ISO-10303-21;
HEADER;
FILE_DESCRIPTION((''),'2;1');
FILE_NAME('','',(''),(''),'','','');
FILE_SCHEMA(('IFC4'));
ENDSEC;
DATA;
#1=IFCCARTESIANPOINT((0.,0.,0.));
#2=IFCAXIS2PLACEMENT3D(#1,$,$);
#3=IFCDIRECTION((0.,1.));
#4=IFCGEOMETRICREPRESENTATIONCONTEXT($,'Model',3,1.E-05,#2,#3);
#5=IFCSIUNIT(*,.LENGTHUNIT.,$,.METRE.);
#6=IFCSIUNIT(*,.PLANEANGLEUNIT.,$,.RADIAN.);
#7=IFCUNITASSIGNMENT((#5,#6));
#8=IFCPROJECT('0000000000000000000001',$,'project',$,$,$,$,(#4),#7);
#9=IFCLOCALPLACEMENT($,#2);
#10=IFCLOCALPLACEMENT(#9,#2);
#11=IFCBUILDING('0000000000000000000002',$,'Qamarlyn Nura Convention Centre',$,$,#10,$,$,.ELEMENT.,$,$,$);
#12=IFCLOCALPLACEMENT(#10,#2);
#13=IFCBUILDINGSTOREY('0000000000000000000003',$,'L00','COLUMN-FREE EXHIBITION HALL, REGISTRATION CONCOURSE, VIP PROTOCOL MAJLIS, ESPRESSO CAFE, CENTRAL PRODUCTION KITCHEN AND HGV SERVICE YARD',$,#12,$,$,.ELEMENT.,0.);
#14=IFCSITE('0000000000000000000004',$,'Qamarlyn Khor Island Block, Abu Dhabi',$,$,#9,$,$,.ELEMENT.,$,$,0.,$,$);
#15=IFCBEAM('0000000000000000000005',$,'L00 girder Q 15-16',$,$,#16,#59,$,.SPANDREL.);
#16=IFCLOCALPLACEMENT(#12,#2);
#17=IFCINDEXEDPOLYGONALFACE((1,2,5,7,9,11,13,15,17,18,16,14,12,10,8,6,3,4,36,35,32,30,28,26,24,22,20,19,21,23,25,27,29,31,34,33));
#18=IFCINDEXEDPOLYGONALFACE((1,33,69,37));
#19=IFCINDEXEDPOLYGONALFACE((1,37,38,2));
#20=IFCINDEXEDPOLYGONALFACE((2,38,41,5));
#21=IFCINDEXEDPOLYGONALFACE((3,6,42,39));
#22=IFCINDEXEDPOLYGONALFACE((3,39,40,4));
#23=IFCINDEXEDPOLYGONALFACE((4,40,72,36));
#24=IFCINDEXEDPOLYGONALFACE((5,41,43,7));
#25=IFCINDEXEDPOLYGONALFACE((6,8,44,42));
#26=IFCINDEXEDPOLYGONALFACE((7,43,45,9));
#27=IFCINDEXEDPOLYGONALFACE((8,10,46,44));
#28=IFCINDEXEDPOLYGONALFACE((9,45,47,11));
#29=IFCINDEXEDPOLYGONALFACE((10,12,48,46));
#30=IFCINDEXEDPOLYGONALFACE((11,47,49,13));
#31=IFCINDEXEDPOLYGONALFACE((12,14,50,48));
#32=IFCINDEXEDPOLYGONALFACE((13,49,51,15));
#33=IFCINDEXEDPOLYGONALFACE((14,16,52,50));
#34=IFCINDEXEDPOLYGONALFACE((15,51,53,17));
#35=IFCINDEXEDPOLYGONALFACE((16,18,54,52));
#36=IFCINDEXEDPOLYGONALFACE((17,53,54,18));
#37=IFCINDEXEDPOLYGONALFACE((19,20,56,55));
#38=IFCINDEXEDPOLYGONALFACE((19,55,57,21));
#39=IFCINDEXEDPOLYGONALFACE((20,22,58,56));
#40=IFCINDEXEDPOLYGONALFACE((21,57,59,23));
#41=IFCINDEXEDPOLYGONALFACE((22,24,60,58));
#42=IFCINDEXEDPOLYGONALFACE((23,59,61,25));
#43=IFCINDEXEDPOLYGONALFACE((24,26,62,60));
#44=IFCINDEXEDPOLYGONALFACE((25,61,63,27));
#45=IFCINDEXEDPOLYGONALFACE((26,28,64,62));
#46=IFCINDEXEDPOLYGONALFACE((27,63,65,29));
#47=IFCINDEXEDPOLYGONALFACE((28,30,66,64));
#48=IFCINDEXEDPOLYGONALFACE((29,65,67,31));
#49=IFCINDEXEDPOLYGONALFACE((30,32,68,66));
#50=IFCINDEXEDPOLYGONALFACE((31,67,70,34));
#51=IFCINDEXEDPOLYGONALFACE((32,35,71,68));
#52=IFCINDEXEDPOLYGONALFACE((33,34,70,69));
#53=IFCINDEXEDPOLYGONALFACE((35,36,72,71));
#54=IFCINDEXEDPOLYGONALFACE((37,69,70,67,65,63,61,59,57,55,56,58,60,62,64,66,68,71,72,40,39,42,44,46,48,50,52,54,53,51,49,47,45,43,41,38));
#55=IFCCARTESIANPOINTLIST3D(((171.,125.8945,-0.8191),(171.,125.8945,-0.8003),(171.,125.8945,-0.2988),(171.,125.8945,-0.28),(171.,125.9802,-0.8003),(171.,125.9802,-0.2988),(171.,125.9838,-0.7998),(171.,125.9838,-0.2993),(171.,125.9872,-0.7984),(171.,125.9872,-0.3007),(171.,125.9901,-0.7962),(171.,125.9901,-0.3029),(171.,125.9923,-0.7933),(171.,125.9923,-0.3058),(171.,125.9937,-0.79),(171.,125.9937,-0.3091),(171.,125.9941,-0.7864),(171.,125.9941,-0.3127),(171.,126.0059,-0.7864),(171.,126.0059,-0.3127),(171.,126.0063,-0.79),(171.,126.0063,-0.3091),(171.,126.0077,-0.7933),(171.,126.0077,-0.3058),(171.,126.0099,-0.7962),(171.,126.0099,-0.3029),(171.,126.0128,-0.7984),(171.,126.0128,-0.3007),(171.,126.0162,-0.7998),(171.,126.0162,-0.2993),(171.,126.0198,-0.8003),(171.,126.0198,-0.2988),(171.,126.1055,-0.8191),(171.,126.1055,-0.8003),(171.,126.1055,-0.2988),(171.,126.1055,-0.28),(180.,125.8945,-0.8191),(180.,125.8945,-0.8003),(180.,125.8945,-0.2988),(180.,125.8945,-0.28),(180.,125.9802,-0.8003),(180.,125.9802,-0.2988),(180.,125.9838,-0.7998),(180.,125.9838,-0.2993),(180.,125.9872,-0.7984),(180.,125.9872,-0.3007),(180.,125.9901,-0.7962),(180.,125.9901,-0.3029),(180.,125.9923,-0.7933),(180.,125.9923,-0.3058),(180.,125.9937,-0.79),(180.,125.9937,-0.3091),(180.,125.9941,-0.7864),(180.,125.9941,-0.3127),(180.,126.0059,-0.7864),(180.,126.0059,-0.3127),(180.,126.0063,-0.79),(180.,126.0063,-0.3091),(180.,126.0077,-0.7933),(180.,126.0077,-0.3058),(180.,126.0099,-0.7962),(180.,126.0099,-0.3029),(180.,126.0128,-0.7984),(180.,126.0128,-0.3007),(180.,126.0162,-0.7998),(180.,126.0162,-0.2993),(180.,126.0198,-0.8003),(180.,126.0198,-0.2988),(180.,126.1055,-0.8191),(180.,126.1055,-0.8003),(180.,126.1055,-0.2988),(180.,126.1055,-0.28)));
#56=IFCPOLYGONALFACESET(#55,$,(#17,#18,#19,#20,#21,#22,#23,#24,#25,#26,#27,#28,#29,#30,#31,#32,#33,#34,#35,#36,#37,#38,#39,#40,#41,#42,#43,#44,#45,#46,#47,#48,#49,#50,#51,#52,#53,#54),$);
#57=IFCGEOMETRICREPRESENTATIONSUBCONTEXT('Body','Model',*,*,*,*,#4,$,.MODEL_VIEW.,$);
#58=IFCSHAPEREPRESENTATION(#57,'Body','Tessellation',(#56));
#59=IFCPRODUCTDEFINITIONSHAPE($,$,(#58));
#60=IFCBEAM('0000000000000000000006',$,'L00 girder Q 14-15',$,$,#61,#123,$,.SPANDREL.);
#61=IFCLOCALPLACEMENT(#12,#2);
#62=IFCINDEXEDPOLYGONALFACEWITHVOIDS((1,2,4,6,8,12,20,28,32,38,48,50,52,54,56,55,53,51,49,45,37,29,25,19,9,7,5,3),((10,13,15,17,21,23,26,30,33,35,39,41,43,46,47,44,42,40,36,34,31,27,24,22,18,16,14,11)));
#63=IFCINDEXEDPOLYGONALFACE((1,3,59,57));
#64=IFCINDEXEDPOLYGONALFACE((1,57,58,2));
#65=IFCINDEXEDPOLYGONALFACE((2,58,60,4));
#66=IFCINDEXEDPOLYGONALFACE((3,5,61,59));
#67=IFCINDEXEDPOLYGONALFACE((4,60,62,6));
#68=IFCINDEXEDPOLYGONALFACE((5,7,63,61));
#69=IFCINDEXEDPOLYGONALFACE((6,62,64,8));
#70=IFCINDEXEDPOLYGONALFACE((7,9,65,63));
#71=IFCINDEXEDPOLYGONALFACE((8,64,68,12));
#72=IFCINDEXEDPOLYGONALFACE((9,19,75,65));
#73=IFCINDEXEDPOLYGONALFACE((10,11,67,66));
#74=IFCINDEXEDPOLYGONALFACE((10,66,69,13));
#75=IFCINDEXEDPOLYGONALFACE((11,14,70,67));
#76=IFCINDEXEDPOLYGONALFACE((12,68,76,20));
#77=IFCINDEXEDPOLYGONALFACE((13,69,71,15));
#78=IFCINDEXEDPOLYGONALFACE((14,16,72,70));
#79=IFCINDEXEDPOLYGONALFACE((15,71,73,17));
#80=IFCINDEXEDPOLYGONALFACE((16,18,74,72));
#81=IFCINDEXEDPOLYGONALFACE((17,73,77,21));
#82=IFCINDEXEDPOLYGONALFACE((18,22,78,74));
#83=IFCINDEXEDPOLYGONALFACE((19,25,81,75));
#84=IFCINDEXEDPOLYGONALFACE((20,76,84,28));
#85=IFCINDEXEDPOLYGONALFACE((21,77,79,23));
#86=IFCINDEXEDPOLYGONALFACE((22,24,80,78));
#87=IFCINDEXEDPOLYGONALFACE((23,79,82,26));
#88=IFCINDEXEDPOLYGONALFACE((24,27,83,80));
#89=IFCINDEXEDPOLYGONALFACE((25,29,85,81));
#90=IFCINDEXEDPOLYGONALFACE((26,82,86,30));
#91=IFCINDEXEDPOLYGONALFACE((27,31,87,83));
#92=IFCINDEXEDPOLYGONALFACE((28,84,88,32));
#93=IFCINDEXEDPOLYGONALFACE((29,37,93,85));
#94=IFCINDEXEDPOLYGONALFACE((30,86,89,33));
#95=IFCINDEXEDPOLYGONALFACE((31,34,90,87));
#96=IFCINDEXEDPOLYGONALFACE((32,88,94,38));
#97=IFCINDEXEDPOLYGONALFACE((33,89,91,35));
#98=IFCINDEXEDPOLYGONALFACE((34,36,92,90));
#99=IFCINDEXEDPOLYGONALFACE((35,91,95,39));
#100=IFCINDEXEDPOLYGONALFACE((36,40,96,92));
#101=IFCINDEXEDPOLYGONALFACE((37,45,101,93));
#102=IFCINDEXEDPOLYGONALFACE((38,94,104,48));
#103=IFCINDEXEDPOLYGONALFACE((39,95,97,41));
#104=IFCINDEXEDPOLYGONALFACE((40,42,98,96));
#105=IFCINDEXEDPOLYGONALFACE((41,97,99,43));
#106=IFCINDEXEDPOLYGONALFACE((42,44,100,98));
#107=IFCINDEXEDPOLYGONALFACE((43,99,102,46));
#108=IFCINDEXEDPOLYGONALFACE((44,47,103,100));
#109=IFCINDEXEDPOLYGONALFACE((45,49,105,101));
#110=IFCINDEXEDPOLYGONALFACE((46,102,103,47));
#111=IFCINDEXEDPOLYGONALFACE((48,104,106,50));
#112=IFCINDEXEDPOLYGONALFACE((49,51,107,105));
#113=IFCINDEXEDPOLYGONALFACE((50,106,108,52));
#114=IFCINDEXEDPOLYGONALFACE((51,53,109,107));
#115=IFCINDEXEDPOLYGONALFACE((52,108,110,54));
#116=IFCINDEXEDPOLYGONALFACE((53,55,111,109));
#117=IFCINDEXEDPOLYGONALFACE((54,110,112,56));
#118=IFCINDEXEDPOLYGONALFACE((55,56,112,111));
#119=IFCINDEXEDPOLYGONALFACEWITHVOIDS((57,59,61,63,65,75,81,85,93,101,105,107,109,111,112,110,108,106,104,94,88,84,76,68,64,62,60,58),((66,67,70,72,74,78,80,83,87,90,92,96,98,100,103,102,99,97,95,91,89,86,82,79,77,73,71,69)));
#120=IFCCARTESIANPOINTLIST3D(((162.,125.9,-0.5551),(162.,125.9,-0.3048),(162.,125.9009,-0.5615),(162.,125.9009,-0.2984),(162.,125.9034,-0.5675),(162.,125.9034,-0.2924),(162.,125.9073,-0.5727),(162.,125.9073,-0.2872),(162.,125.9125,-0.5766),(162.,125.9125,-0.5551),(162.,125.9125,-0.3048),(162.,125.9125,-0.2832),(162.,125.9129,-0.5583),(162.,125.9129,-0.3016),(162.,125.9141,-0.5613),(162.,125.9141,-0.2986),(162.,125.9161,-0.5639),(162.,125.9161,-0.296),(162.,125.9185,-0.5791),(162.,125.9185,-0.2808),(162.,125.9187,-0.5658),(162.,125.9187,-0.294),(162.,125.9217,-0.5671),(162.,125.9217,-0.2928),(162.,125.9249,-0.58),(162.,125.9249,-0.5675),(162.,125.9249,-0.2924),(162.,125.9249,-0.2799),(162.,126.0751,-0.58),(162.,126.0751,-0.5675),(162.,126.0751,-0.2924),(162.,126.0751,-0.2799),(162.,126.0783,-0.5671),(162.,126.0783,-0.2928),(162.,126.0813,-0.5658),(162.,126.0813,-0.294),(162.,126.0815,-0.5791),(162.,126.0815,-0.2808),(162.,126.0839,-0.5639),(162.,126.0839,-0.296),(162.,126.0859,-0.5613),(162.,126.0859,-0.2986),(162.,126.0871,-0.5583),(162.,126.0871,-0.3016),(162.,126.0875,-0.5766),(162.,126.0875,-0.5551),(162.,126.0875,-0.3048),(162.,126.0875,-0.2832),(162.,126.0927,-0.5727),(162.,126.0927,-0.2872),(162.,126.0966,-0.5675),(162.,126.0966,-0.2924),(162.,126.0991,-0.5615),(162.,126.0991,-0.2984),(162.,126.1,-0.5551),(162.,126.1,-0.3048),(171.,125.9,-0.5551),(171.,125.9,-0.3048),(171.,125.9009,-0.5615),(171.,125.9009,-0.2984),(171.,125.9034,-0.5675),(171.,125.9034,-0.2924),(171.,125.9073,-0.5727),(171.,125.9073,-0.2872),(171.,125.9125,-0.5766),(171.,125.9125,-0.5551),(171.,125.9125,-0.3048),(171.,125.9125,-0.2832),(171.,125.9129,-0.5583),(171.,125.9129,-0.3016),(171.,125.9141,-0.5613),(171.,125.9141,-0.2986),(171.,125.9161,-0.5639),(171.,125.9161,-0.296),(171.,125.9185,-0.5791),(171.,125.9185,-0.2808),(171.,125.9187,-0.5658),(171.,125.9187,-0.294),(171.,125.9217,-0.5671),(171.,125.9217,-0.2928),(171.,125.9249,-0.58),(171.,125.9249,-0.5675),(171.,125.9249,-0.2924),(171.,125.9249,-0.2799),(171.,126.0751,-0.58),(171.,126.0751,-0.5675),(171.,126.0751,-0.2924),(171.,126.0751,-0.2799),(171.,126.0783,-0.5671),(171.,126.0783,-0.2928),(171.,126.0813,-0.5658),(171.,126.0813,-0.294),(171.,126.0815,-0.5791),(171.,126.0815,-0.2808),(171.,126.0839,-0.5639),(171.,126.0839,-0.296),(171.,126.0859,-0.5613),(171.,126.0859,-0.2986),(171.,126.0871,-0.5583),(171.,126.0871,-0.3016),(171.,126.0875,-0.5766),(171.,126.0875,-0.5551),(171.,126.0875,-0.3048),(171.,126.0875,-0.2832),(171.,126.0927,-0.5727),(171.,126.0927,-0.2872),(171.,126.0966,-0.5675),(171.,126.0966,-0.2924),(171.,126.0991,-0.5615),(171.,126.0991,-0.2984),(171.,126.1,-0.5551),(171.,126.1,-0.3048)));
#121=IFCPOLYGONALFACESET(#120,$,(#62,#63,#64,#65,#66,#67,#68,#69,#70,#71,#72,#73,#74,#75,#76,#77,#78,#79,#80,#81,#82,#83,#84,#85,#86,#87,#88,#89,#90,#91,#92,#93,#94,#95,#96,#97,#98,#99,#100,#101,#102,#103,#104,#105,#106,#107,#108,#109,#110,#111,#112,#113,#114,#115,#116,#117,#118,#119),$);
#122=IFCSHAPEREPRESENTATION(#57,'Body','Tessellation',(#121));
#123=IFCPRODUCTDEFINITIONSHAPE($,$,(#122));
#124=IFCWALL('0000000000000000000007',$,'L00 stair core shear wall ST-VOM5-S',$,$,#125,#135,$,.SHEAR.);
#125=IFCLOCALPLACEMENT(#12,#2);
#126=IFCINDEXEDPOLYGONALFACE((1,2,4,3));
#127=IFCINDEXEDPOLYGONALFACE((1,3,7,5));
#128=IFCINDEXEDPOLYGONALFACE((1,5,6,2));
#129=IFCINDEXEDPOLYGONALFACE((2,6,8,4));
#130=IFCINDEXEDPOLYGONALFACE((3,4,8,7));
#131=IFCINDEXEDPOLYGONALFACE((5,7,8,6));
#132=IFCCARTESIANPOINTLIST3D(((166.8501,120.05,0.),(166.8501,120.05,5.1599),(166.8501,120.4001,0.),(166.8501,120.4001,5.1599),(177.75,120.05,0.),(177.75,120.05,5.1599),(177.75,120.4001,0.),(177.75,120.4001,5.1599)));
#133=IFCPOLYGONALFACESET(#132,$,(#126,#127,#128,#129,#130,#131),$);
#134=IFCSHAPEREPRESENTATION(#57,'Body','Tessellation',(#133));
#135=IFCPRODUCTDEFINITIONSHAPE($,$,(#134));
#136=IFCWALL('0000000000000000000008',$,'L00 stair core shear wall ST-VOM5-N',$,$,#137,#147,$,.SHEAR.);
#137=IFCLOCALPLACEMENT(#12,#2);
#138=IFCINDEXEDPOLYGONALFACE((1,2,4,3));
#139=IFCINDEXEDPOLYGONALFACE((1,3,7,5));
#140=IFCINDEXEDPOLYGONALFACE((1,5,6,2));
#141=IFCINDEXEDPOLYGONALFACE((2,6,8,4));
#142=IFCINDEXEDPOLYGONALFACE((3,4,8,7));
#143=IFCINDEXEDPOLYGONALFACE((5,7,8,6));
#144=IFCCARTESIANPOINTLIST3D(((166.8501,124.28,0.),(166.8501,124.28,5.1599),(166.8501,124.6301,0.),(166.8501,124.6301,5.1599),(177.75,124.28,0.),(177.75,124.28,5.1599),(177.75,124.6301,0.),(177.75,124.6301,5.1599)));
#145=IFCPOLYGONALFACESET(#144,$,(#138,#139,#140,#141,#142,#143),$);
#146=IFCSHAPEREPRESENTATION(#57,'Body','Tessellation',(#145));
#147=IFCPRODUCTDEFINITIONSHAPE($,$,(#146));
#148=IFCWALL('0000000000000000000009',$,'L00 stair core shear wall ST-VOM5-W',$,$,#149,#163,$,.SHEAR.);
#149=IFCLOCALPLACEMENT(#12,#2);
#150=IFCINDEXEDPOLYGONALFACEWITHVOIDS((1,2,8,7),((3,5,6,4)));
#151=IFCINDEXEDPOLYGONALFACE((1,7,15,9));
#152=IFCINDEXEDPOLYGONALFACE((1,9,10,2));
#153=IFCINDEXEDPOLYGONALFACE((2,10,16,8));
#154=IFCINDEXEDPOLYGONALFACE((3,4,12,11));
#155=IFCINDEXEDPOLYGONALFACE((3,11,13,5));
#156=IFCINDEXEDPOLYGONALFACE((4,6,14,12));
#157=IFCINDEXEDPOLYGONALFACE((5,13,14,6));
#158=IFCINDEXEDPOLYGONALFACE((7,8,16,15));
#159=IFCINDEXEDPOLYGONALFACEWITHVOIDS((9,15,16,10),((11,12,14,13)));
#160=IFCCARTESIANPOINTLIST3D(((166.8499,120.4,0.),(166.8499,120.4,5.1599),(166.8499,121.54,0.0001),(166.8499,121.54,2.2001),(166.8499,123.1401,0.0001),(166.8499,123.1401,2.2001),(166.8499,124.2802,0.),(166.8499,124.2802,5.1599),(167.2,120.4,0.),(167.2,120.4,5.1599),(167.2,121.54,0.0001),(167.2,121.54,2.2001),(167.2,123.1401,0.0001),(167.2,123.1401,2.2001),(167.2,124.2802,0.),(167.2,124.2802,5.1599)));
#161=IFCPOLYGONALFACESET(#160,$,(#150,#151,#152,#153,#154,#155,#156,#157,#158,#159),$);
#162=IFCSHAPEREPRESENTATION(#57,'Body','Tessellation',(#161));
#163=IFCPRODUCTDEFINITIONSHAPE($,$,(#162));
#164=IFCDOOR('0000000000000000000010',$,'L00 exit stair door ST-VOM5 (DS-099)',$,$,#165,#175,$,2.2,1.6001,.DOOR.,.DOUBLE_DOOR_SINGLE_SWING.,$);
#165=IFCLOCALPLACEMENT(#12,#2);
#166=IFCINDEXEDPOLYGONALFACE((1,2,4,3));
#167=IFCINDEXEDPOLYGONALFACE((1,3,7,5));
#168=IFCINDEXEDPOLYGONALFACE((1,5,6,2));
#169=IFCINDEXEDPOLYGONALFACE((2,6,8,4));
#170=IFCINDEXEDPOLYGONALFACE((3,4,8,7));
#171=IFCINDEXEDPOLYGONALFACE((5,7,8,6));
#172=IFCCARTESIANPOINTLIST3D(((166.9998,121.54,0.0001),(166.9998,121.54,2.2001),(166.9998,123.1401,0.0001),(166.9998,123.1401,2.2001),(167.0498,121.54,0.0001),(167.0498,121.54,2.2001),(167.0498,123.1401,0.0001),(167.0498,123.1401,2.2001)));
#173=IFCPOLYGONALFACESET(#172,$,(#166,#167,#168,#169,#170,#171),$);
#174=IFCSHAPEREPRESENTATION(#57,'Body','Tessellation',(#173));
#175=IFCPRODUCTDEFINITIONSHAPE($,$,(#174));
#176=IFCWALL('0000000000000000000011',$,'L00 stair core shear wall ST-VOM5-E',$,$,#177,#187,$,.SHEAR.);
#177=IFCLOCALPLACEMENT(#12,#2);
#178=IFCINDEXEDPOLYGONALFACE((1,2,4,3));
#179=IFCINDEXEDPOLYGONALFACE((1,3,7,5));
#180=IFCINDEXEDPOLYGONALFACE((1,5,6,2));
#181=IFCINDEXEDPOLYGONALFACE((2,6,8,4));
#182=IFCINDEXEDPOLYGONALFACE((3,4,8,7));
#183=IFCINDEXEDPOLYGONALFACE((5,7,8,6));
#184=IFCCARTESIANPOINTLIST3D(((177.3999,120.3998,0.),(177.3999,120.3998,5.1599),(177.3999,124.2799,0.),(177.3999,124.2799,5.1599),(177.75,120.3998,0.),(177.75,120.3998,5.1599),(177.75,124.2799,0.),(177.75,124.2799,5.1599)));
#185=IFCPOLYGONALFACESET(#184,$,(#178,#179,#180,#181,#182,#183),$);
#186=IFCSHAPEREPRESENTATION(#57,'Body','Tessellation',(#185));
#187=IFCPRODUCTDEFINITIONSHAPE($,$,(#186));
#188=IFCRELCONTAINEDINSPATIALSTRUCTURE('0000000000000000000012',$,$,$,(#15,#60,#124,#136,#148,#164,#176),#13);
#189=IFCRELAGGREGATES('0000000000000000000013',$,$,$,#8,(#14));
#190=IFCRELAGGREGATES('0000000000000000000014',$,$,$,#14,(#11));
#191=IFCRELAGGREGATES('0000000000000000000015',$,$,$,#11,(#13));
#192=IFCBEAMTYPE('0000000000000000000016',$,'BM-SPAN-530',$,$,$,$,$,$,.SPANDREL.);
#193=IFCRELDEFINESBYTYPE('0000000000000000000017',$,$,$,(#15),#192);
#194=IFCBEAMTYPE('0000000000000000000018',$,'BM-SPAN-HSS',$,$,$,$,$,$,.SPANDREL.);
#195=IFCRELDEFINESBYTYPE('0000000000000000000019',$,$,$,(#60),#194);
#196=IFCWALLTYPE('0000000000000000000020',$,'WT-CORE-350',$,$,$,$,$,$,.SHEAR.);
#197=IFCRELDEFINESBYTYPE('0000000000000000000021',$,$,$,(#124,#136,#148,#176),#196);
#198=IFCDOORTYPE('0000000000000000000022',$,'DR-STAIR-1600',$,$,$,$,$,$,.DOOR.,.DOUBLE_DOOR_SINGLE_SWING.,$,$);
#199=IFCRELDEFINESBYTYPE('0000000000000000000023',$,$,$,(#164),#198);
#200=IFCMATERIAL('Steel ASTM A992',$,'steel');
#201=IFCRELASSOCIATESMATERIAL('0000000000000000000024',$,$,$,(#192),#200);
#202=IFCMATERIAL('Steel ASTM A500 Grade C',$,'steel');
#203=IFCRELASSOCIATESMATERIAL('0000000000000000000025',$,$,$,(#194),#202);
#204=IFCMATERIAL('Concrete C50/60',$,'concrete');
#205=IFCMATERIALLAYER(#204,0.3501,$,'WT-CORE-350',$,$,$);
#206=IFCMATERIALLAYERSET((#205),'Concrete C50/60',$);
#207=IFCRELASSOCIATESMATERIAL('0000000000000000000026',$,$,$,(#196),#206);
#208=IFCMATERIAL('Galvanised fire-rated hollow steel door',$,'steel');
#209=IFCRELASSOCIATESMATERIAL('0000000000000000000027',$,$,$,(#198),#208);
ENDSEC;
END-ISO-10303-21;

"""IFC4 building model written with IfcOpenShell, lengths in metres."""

from ifc_helpers import new_model, si_unit, direction, frame, frame_2d, origin, origin_2d, place, context, subcontext, project, spatial, rectangle, hollow_rectangle, i_section, extrude, material, layer, layer_set, material_profile, profile_set, type_object, element, fill, save


model = new_model("IFC4")

# Units and contexts
model_context = context("Model", 3, precision=1e-05, world=origin(), true_north=direction((0.0, 1.0)))
body_context = subcontext(model_context, "Body", "Model", "MODEL_VIEW")
ifc_project = project(units=[si_unit("LENGTHUNIT", "METRE"), si_unit("PLANEANGLEUNIT", "RADIAN")], contexts=[model_context])

# Site, building, storey
site_placement = place(None, origin())
site = spatial("IfcSite", under=ifc_project, at=site_placement, Name="Qamarlyn Khor Island Block, Abu Dhabi", CompositionType="ELEMENT", RefElevation=0.0)
building_placement = place(site_placement, origin())
building = spatial("IfcBuilding", under=site, at=building_placement, Name="Qamarlyn Nura Convention Centre", CompositionType="ELEMENT")
storey_placement = place(building_placement, origin())
storey = spatial("IfcBuildingStorey", under=building, at=storey_placement, Name="L00", Description="COLUMN-FREE EXHIBITION HALL, REGISTRATION CONCOURSE, VIP PROTOCOL MAJLIS, ESPRESSO CAFE, CENTRAL PRODUCTION KITCHEN AND HGV SERVICE YARD", CompositionType="ELEMENT", Elevation=0.0)

# Shared definitions
ifc_material_1 = material(Name="Steel ASTM A992", Category="steel")

# Beams
ifc_material_profile_1 = material_profile(ifc_material_1, i_section(OverallWidth=0.2109, OverallDepth=0.5391, WebThickness=0.0117, FlangeThickness=0.0188, FilletRadius=0.0139, at=origin_2d()), Name="W530X109")
ifc_profile_set_1 = profile_set([ifc_material_profile_1], Name="Steel ASTM A992")
beam_type_1 = type_object("IfcBeamType", Name="BM-SPAN-530", PredefinedType="SPANDREL", material=ifc_profile_set_1)
beam_1_placement = place(storey_placement, frame((171.0, 126.0, -0.5496), z_axis=(1.0, 0.0, 0.0), x_axis=(0.0, 1.0, 0.0)))
element("IfcBeam", 1, at=beam_1_placement, inside=storey, type_object=beam_type_1, Name="L00 girder Q 15-16", PredefinedType="SPANDREL", context=body_context, shape_type="SweptSolid", body=[
    extrude(i_section(OverallWidth=0.2109, OverallDepth=0.5391, WebThickness=0.0117, FlangeThickness=0.0188, FilletRadius=0.0139, at=origin_2d()), origin(), (0.0, 0.0, 1.0), 9.0),
])
ifc_material_2 = material(Name="Steel ASTM A500 Grade C", Category="steel")
ifc_material_profile_2 = material_profile(ifc_material_2, hollow_rectangle(XDim=0.2, YDim=0.3, WallThickness=0.0125, InnerFilletRadius=0.0125, OuterFilletRadius=0.0249, at=origin_2d()), Name="HSS300X200X12.5")
ifc_profile_set_2 = profile_set([ifc_material_profile_2], Name="Steel ASTM A500 Grade C")
beam_type_2 = type_object("IfcBeamType", Name="BM-SPAN-HSS", PredefinedType="SPANDREL", material=ifc_profile_set_2)
beam_2_placement = place(storey_placement, frame((162.0, 126.0, -0.4299), z_axis=(1.0, 0.0, 0.0), x_axis=(0.0, 1.0, 0.0)))
element("IfcBeam", 2, at=beam_2_placement, inside=storey, type_object=beam_type_2, Name="L00 girder Q 14-15", PredefinedType="SPANDREL", context=body_context, shape_type="SweptSolid", body=[
    extrude(hollow_rectangle(XDim=0.2, YDim=0.3, WallThickness=0.0125, InnerFilletRadius=0.0125, OuterFilletRadius=0.0249, at=origin_2d()), origin(), (0.0, 0.0, 1.0), 9.0),
])

# Walls
ifc_material_3 = material(Name="Concrete C50/60", Category="concrete")
ifc_layer_1 = layer(ifc_material_3, 0.3501, Name="WT-CORE-350")
ifc_layer_set_1 = layer_set([ifc_layer_1], Name="Concrete C50/60")
wall_type_1 = type_object("IfcWallType", Name="WT-CORE-350", PredefinedType="SHEAR", material=ifc_layer_set_1)
for number, where, z_axis, x_axis, name in (
    (3, (166.8501, 120.2251, 0.0), (0.0, 0.0, 1.0), (1.0, 0.0, 0.0), "L00 stair core shear wall ST-VOM5-S"),
    (4, (177.75, 124.4551, 0.0), (0.0, 0.0, 1.0), (-1.0, 0.0, 0.0), "L00 stair core shear wall ST-VOM5-N"),
):
    element("IfcWall", number, at=place(storey_placement, frame(where, z_axis=z_axis, x_axis=x_axis)), inside=storey, type_object=wall_type_1, Name=name, PredefinedType="SHEAR", context=body_context, shape_type="SweptSolid", body=[
        extrude(rectangle(XDim=10.8999, YDim=0.3501, at=frame_2d((5.45, 0.0))), origin(), (0.0, 0.0, 1.0), 5.1599),
    ])

# Wall, opening, door
wall_1_placement = place(storey_placement, frame((167.0249, 124.28, 0.0), z_axis=(0.0, 0.0, 1.0), x_axis=(0.0, -1.0, 0.0)))
wall_1 = element("IfcWall", 5, at=wall_1_placement, inside=storey, type_object=wall_type_1, Name="L00 stair core shear wall ST-VOM5-W", PredefinedType="SHEAR", context=body_context, shape_type="SweptSolid", body=[
    extrude(rectangle(XDim=3.8801, YDim=0.3501, at=frame_2d((1.9399, 0.0))), origin(), (0.0, 0.0, 1.0), 5.1599),
])
opening_1_placement = place(wall_1_placement, frame((1.1399, 0.0, 0.0)))
opening_1 = element("IfcOpeningElement", 6, at=opening_1_placement, cuts=wall_1, PredefinedType="OPENING", context=body_context, shape_type="SweptSolid", body=[
    extrude(rectangle(XDim=1.6001, YDim=2.2, at=frame_2d((0.8, 1.1001))), frame((0.0, 0.1851, 0.0), z_axis=(0.0, -1.0, 0.0), x_axis=(1.0, 0.0, 0.0)), (0.0, 0.0, 1.0), 0.3701),
])
ifc_material_4 = material(Name="Galvanised fire-rated hollow steel door", Category="steel")
door_type_1 = type_object("IfcDoorType", Name="DR-STAIR-1600", OperationType="DOUBLE_DOOR_SINGLE_SWING", PredefinedType="DOOR", material=ifc_material_4)
door_1_placement = place(opening_1_placement, origin())
door_1 = element("IfcDoor", 7, at=door_1_placement, inside=storey, type_object=door_type_1, Name="L00 exit stair door ST-VOM5 (DS-099)", OperationType="DOUBLE_DOOR_SINGLE_SWING", OverallHeight=2.2, OverallWidth=1.6001, PredefinedType="DOOR", context=body_context, shape_type="SweptSolid", body=[
    extrude(rectangle(XDim=1.6001, YDim=2.2, at=frame_2d((0.8, 1.1001))), frame((0.0, 0.0249, 0.0), z_axis=(0.0, -1.0, 0.0), x_axis=(1.0, 0.0, 0.0)), (0.0, 0.0, 1.0), 0.05),
])
fill(opening_1, door_1)

# Wall
wall_2_placement = place(storey_placement, frame((177.575, 120.3999, 0.0), z_axis=(0.0, 0.0, 1.0), x_axis=(0.0, 1.0, 0.0)))
element("IfcWall", 8, at=wall_2_placement, inside=storey, type_object=wall_type_1, Name="L00 stair core shear wall ST-VOM5-E", PredefinedType="SHEAR", context=body_context, shape_type="SweptSolid", body=[
    extrude(rectangle(XDim=3.8801, YDim=0.3501, at=frame_2d((1.9399, 0.0))), origin(), (0.0, 0.0, 1.0), 5.1599),
])

save(model, "model.ifc")
